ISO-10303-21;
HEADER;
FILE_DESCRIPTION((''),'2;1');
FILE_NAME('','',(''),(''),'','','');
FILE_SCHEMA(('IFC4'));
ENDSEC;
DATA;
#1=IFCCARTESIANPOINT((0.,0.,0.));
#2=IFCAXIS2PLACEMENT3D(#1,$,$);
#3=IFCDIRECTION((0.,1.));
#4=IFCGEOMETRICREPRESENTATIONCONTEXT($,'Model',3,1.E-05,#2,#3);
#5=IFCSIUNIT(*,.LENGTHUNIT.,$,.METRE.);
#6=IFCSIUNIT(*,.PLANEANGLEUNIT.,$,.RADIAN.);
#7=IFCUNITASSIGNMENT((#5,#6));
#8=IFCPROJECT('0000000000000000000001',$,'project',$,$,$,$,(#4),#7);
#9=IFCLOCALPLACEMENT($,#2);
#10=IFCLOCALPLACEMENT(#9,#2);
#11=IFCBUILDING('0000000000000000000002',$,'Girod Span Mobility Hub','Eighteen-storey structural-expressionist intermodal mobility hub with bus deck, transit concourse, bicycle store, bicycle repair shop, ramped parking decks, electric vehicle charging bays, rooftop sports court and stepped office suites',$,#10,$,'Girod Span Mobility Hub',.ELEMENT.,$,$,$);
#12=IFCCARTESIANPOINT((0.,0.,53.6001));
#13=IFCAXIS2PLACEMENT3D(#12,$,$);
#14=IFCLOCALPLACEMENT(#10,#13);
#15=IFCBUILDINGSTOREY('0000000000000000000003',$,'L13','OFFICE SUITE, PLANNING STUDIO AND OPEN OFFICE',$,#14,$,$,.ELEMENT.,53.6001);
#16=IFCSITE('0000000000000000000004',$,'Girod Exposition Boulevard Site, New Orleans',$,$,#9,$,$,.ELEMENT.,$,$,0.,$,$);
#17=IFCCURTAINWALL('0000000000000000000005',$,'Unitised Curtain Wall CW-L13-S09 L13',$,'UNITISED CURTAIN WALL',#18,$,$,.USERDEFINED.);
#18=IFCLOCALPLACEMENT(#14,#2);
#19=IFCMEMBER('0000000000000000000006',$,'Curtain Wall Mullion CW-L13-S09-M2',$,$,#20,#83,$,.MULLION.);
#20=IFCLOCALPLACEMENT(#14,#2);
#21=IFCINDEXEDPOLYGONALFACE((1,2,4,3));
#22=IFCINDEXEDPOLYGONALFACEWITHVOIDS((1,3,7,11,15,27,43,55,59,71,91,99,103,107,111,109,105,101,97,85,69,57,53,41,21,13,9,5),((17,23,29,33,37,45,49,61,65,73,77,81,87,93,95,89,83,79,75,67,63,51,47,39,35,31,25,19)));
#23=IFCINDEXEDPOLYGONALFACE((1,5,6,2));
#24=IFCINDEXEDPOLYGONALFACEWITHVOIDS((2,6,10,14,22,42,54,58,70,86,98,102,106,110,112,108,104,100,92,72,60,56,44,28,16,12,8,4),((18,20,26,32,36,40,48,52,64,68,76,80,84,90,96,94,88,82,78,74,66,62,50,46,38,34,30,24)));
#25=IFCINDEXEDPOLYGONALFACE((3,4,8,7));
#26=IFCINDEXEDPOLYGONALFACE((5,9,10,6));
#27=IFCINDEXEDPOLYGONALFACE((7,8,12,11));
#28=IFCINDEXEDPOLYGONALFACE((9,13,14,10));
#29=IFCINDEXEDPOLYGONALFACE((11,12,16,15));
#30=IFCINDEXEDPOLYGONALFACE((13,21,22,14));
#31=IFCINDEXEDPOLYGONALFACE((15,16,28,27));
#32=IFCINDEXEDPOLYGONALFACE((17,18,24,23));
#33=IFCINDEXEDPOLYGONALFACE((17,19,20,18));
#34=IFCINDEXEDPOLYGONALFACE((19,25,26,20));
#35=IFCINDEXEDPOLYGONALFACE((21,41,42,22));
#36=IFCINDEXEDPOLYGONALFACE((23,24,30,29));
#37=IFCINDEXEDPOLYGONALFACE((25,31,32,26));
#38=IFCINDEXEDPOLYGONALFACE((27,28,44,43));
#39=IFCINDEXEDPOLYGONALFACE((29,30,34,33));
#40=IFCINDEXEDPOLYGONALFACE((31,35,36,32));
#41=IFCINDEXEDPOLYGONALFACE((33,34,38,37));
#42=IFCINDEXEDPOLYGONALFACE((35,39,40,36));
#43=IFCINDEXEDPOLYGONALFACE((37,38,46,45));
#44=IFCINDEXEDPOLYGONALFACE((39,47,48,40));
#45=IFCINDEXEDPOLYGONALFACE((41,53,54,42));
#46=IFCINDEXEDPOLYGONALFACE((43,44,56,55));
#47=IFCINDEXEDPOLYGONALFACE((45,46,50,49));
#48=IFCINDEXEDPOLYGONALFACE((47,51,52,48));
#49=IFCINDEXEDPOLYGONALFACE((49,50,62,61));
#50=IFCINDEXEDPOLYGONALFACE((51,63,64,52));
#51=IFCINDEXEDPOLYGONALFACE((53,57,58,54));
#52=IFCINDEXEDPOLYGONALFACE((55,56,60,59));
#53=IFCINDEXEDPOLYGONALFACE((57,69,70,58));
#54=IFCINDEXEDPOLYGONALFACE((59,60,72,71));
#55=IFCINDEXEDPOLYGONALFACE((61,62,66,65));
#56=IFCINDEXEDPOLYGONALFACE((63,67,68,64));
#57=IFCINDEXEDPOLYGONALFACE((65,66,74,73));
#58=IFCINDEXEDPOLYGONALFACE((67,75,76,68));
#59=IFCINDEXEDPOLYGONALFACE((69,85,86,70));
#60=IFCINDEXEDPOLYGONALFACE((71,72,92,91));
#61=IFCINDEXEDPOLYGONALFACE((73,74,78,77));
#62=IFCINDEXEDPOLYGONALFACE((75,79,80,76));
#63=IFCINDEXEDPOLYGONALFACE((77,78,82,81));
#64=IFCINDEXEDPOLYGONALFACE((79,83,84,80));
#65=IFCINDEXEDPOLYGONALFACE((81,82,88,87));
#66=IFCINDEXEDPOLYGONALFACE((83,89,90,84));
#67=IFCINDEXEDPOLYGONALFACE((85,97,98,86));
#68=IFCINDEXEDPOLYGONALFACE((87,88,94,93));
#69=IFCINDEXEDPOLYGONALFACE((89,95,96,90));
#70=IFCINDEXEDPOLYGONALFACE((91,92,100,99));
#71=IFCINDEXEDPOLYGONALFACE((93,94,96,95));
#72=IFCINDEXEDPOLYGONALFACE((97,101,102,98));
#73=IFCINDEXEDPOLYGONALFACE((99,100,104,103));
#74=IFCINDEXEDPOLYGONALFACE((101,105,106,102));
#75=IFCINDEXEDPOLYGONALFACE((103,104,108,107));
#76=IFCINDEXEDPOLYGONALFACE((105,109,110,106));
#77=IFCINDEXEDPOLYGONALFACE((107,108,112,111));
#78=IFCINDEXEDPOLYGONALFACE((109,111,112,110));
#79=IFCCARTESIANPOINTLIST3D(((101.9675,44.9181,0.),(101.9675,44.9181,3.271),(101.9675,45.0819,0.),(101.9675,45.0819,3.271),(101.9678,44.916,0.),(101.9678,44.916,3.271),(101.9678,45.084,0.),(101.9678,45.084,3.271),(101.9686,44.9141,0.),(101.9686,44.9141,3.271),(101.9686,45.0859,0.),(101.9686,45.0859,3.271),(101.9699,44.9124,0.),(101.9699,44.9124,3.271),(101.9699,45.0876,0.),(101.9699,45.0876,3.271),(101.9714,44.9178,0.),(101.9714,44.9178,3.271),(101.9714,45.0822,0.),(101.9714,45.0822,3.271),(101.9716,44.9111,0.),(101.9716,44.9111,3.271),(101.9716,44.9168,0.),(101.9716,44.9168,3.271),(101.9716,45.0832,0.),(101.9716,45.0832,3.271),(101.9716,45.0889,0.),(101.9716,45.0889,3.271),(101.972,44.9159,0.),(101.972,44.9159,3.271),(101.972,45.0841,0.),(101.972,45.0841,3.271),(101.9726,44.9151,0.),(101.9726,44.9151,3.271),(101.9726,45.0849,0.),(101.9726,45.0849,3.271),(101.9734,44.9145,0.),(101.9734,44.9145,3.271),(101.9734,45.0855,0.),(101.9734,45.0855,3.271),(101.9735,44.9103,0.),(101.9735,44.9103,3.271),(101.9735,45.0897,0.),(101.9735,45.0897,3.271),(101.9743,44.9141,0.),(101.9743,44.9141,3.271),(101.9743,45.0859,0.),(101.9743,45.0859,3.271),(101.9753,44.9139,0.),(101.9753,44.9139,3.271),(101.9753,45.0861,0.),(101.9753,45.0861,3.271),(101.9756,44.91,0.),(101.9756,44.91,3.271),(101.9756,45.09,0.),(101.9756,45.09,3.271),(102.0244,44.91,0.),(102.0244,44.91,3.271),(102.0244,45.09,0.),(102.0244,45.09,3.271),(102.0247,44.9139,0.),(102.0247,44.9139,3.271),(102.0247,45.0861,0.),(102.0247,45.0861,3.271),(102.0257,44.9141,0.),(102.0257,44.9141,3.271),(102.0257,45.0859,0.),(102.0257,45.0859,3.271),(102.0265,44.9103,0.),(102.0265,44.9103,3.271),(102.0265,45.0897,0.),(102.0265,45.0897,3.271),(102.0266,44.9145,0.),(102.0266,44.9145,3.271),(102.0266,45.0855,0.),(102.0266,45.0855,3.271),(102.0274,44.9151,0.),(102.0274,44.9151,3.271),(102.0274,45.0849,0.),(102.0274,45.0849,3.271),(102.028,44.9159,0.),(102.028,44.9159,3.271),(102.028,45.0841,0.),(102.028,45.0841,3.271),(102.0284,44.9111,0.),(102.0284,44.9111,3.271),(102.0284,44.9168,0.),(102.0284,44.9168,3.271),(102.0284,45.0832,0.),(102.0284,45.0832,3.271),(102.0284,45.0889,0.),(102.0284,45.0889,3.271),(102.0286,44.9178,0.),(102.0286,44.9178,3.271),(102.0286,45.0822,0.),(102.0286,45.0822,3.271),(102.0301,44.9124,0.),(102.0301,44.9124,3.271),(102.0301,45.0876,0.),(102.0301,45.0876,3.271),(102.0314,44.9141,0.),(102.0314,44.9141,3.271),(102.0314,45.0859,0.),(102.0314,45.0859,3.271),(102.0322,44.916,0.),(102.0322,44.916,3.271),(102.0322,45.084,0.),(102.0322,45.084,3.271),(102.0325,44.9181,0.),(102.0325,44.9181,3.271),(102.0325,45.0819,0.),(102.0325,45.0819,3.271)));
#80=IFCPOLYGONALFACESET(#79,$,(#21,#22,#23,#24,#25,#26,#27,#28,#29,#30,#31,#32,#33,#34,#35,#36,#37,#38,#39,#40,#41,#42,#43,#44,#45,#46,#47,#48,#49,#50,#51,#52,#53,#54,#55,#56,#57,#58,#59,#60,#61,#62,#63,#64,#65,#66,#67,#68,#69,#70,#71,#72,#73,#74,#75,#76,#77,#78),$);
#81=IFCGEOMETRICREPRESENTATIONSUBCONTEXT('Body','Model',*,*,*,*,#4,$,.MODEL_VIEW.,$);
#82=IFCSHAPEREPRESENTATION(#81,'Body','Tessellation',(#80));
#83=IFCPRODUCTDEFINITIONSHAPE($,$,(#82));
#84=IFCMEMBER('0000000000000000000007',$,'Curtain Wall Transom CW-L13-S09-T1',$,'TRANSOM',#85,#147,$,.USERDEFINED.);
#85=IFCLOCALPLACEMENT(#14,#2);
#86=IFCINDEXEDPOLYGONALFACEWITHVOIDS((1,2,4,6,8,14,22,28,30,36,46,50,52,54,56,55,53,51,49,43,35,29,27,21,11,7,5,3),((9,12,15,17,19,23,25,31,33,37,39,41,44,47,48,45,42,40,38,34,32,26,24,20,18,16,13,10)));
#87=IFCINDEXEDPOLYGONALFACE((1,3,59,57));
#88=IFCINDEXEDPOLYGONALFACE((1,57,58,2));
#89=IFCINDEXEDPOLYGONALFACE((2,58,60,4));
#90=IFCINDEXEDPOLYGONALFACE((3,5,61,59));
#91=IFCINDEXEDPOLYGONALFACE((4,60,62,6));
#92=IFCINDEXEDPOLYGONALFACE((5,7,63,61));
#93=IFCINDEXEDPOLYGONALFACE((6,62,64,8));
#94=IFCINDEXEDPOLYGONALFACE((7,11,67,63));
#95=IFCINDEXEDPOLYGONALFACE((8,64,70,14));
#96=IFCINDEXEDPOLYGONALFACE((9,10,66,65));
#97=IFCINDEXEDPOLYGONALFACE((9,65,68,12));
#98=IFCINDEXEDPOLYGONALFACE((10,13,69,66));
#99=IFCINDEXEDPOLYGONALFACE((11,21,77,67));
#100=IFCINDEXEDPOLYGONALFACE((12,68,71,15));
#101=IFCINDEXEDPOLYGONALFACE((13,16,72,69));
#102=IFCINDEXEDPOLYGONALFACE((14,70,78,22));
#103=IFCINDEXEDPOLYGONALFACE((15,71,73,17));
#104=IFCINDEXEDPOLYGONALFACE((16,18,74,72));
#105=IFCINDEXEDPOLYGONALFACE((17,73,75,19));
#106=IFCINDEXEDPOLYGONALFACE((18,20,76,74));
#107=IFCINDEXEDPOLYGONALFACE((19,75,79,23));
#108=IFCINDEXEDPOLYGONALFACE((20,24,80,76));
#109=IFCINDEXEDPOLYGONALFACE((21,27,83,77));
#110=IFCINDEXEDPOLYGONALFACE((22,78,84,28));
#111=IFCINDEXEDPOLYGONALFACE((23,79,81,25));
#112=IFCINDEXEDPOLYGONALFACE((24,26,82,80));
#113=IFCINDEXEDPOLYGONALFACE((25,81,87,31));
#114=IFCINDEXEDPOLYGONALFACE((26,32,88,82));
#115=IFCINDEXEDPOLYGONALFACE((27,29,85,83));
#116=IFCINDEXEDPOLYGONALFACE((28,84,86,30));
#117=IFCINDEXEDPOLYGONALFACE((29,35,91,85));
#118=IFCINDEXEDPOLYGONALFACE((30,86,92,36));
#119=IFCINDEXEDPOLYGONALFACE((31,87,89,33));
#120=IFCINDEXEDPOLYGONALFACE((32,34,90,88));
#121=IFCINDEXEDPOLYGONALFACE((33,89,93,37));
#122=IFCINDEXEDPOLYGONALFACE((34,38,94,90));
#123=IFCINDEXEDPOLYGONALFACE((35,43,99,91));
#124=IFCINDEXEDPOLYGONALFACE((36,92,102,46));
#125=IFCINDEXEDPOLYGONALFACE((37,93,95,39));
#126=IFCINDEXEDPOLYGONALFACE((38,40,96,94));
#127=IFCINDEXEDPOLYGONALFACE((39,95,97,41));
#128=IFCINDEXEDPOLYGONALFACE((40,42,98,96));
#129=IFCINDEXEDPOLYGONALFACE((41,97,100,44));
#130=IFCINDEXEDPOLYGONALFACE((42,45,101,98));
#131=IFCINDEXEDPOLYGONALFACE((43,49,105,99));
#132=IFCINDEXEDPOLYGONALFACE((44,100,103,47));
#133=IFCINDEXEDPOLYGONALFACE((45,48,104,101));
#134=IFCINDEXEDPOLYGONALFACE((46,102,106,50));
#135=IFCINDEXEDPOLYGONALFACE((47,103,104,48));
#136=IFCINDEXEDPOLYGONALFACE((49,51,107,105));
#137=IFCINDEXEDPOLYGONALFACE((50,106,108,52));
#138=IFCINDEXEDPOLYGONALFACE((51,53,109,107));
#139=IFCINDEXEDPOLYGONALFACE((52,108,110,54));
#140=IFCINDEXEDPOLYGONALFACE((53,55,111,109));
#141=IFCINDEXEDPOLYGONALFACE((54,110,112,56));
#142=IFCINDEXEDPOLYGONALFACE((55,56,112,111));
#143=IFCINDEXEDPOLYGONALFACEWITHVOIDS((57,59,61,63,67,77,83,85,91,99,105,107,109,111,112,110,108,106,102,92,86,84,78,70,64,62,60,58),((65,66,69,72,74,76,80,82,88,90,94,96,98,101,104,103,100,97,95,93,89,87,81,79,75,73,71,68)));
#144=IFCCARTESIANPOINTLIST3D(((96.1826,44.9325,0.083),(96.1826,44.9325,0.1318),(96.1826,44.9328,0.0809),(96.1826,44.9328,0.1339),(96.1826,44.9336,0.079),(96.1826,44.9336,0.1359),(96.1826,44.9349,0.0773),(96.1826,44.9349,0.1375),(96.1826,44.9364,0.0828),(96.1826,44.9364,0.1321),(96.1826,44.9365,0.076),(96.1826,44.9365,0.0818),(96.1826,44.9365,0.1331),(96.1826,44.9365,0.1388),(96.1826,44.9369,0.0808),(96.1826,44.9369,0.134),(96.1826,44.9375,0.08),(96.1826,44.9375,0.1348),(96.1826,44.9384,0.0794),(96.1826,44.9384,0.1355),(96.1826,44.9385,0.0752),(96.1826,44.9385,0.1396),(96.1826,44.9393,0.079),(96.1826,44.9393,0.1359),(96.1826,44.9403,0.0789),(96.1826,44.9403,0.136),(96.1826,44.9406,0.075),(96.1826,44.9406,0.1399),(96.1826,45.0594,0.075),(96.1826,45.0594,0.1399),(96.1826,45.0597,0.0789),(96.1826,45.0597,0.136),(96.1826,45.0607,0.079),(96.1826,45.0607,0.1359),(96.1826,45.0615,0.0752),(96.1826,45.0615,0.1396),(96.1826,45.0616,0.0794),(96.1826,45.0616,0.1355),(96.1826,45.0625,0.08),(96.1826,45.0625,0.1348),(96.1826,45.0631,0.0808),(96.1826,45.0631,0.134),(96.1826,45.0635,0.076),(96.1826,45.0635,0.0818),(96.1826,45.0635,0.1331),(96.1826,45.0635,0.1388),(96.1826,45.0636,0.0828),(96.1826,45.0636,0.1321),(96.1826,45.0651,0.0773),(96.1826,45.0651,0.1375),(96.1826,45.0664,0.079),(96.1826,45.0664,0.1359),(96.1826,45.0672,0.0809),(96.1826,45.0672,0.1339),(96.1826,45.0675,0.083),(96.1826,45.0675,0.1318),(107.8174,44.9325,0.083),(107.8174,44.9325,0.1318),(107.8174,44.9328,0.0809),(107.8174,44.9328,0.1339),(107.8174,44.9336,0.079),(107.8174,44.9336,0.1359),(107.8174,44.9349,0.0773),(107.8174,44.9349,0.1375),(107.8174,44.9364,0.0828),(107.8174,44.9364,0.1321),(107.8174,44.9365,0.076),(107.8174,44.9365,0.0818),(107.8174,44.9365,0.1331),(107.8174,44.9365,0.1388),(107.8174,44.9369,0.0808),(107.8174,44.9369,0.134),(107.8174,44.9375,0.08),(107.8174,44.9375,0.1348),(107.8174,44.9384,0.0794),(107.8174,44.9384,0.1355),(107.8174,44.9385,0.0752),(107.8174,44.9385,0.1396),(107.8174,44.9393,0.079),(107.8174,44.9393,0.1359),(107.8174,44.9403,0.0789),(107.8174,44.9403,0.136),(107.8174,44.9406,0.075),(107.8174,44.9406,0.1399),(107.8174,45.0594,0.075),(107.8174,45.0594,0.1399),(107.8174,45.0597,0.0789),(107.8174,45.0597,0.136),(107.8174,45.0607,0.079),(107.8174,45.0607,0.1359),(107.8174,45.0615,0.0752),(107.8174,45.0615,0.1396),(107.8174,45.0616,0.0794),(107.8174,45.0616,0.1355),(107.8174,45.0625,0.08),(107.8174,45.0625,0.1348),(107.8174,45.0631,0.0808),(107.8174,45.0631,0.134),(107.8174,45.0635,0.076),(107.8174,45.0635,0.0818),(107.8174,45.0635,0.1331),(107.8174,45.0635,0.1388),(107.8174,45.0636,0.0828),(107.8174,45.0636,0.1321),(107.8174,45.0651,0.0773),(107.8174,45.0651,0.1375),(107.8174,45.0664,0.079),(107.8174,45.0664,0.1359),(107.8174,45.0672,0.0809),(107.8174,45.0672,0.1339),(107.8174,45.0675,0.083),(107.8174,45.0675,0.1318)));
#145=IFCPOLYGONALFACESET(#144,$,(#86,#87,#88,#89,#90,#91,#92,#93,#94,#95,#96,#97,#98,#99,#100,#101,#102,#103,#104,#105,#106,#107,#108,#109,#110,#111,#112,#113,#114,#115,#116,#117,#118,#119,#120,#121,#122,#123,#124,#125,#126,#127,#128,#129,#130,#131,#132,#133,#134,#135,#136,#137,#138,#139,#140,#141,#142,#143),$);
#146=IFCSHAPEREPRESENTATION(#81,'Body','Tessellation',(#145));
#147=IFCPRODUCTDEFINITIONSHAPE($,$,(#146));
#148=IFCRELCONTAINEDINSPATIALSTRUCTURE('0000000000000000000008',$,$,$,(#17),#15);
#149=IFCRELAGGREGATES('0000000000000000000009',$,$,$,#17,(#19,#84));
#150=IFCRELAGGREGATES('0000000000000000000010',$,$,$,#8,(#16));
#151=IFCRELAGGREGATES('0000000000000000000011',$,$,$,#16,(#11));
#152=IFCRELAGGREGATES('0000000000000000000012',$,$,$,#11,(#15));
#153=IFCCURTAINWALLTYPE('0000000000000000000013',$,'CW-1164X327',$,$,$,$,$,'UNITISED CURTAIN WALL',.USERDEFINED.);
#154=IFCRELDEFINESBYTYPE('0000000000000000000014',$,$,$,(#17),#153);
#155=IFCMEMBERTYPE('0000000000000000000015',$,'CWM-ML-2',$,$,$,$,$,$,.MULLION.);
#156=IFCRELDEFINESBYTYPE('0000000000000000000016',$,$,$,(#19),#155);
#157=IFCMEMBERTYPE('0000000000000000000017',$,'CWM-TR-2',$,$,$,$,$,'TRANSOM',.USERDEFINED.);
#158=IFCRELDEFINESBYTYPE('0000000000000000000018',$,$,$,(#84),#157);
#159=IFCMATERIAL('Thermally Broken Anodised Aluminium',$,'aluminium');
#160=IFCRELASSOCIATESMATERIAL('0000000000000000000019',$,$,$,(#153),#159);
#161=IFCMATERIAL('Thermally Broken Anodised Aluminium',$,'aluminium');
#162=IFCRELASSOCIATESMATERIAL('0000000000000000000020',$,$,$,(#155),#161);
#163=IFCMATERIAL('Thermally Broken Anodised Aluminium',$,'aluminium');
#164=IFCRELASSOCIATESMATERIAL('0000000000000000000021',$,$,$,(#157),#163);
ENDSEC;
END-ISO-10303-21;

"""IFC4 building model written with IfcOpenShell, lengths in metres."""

from ifc_helpers import new_model, si_unit, direction, frame, origin, origin_2d, place, context, subcontext, project, spatial, hollow_rectangle, extrude, material, material_profile, profile_set, type_object, element, aggregate, save


model = new_model("IFC4")

# Units and contexts
model_context = context("Model", 3, precision=1e-05, world=origin(), true_north=direction((0.0, 1.0)))
body_context = subcontext(model_context, "Body", "Model", "MODEL_VIEW")
ifc_project = project(units=[si_unit("LENGTHUNIT", "METRE"), si_unit("PLANEANGLEUNIT", "RADIAN")], contexts=[model_context])

# Site, building, storey
site_placement = place(None, origin())
site = spatial("IfcSite", under=ifc_project, at=site_placement, Name="Girod Exposition Boulevard Site, New Orleans", CompositionType="ELEMENT", RefElevation=0.0)
building_placement = place(site_placement, origin())
building = spatial("IfcBuilding", under=site, at=building_placement, Name="Girod Span Mobility Hub", Description="Eighteen-storey structural-expressionist intermodal mobility hub with bus deck, transit concourse, bicycle store, bicycle repair shop, ramped parking decks, electric vehicle charging bays, rooftop sports court and stepped office suites", LongName="Girod Span Mobility Hub", CompositionType="ELEMENT")
storey_placement = place(building_placement, frame((0.0, 0.0, 53.6001)))
storey = spatial("IfcBuildingStorey", under=building, at=storey_placement, Name="L13", Description="OFFICE SUITE, PLANNING STUDIO AND OPEN OFFICE", CompositionType="ELEMENT", Elevation=53.6001)

# Curtain wall, members
ifc_material_1 = material(Name="Thermally Broken Anodised Aluminium", Category="aluminium")
curtain_wall_type = type_object("IfcCurtainWallType", Name="CW-1164X327", ElementType="UNITISED CURTAIN WALL", PredefinedType="USERDEFINED", material=ifc_material_1)
ifc_material_2 = material(Name="Thermally Broken Anodised Aluminium", Category="aluminium")
ifc_material_profile_1 = material_profile(ifc_material_2, hollow_rectangle(XDim=0.1799, YDim=0.0649, WallThickness=0.0039, InnerFilletRadius=0.0039, OuterFilletRadius=0.0081, at=origin_2d()), Name="CW-ML-65X180")
ifc_profile_set_1 = profile_set([ifc_material_profile_1], Name="Thermally Broken Anodised Aluminium")
member_type_1 = type_object("IfcMemberType", Name="CWM-ML-2", PredefinedType="MULLION", material=ifc_profile_set_1)
curtain_wall_1_placement = place(storey_placement, origin())
curtain_wall_1 = element("IfcCurtainWall", 1, at=curtain_wall_1_placement, inside=storey, type_object=curtain_wall_type, Name="Unitised Curtain Wall CW-L13-S09 L13", ObjectType="UNITISED CURTAIN WALL", PredefinedType="USERDEFINED")
member_1_placement = place(storey_placement, frame((102.0, 45.0, 0.0), z_axis=(0.0, 0.0, 1.0), x_axis=(0.0, 1.0, 0.0)))
member_1 = element("IfcMember", 2, at=member_1_placement, type_object=member_type_1, Name="Curtain Wall Mullion CW-L13-S09-M2", PredefinedType="MULLION", context=body_context, shape_type="SweptSolid", body=[
    extrude(hollow_rectangle(XDim=0.1799, YDim=0.0649, WallThickness=0.0039, InnerFilletRadius=0.0039, OuterFilletRadius=0.0081, at=origin_2d()), origin(), (0.0, 0.0, 1.0), 3.271),
])
ifc_material_3 = material(Name="Thermally Broken Anodised Aluminium", Category="aluminium")
ifc_material_profile_2 = material_profile(ifc_material_3, hollow_rectangle(XDim=0.135, YDim=0.0649, WallThickness=0.0039, InnerFilletRadius=0.0039, OuterFilletRadius=0.0081, at=origin_2d()), Name="CW-TR-65X135")
ifc_profile_set_2 = profile_set([ifc_material_profile_2], Name="Thermally Broken Anodised Aluminium")
member_type_2 = type_object("IfcMemberType", Name="CWM-TR-2", ElementType="TRANSOM", PredefinedType="USERDEFINED", material=ifc_profile_set_2)
member_2_placement = place(storey_placement, frame((96.1826, 45.0, 0.1074), z_axis=(1.0, 0.0, 0.0), x_axis=(0.0, 1.0, 0.0)))
member_2 = element("IfcMember", 3, at=member_2_placement, type_object=member_type_2, Name="Curtain Wall Transom CW-L13-S09-T1", ObjectType="TRANSOM", PredefinedType="USERDEFINED", context=body_context, shape_type="SweptSolid", body=[
    extrude(hollow_rectangle(XDim=0.135, YDim=0.0649, WallThickness=0.0039, InnerFilletRadius=0.0039, OuterFilletRadius=0.0081, at=origin_2d()), origin(), (0.0, 0.0, 1.0), 11.6348),
])

aggregate(curtain_wall_1, [member_1, member_2])

save(model, "model.ifc")
